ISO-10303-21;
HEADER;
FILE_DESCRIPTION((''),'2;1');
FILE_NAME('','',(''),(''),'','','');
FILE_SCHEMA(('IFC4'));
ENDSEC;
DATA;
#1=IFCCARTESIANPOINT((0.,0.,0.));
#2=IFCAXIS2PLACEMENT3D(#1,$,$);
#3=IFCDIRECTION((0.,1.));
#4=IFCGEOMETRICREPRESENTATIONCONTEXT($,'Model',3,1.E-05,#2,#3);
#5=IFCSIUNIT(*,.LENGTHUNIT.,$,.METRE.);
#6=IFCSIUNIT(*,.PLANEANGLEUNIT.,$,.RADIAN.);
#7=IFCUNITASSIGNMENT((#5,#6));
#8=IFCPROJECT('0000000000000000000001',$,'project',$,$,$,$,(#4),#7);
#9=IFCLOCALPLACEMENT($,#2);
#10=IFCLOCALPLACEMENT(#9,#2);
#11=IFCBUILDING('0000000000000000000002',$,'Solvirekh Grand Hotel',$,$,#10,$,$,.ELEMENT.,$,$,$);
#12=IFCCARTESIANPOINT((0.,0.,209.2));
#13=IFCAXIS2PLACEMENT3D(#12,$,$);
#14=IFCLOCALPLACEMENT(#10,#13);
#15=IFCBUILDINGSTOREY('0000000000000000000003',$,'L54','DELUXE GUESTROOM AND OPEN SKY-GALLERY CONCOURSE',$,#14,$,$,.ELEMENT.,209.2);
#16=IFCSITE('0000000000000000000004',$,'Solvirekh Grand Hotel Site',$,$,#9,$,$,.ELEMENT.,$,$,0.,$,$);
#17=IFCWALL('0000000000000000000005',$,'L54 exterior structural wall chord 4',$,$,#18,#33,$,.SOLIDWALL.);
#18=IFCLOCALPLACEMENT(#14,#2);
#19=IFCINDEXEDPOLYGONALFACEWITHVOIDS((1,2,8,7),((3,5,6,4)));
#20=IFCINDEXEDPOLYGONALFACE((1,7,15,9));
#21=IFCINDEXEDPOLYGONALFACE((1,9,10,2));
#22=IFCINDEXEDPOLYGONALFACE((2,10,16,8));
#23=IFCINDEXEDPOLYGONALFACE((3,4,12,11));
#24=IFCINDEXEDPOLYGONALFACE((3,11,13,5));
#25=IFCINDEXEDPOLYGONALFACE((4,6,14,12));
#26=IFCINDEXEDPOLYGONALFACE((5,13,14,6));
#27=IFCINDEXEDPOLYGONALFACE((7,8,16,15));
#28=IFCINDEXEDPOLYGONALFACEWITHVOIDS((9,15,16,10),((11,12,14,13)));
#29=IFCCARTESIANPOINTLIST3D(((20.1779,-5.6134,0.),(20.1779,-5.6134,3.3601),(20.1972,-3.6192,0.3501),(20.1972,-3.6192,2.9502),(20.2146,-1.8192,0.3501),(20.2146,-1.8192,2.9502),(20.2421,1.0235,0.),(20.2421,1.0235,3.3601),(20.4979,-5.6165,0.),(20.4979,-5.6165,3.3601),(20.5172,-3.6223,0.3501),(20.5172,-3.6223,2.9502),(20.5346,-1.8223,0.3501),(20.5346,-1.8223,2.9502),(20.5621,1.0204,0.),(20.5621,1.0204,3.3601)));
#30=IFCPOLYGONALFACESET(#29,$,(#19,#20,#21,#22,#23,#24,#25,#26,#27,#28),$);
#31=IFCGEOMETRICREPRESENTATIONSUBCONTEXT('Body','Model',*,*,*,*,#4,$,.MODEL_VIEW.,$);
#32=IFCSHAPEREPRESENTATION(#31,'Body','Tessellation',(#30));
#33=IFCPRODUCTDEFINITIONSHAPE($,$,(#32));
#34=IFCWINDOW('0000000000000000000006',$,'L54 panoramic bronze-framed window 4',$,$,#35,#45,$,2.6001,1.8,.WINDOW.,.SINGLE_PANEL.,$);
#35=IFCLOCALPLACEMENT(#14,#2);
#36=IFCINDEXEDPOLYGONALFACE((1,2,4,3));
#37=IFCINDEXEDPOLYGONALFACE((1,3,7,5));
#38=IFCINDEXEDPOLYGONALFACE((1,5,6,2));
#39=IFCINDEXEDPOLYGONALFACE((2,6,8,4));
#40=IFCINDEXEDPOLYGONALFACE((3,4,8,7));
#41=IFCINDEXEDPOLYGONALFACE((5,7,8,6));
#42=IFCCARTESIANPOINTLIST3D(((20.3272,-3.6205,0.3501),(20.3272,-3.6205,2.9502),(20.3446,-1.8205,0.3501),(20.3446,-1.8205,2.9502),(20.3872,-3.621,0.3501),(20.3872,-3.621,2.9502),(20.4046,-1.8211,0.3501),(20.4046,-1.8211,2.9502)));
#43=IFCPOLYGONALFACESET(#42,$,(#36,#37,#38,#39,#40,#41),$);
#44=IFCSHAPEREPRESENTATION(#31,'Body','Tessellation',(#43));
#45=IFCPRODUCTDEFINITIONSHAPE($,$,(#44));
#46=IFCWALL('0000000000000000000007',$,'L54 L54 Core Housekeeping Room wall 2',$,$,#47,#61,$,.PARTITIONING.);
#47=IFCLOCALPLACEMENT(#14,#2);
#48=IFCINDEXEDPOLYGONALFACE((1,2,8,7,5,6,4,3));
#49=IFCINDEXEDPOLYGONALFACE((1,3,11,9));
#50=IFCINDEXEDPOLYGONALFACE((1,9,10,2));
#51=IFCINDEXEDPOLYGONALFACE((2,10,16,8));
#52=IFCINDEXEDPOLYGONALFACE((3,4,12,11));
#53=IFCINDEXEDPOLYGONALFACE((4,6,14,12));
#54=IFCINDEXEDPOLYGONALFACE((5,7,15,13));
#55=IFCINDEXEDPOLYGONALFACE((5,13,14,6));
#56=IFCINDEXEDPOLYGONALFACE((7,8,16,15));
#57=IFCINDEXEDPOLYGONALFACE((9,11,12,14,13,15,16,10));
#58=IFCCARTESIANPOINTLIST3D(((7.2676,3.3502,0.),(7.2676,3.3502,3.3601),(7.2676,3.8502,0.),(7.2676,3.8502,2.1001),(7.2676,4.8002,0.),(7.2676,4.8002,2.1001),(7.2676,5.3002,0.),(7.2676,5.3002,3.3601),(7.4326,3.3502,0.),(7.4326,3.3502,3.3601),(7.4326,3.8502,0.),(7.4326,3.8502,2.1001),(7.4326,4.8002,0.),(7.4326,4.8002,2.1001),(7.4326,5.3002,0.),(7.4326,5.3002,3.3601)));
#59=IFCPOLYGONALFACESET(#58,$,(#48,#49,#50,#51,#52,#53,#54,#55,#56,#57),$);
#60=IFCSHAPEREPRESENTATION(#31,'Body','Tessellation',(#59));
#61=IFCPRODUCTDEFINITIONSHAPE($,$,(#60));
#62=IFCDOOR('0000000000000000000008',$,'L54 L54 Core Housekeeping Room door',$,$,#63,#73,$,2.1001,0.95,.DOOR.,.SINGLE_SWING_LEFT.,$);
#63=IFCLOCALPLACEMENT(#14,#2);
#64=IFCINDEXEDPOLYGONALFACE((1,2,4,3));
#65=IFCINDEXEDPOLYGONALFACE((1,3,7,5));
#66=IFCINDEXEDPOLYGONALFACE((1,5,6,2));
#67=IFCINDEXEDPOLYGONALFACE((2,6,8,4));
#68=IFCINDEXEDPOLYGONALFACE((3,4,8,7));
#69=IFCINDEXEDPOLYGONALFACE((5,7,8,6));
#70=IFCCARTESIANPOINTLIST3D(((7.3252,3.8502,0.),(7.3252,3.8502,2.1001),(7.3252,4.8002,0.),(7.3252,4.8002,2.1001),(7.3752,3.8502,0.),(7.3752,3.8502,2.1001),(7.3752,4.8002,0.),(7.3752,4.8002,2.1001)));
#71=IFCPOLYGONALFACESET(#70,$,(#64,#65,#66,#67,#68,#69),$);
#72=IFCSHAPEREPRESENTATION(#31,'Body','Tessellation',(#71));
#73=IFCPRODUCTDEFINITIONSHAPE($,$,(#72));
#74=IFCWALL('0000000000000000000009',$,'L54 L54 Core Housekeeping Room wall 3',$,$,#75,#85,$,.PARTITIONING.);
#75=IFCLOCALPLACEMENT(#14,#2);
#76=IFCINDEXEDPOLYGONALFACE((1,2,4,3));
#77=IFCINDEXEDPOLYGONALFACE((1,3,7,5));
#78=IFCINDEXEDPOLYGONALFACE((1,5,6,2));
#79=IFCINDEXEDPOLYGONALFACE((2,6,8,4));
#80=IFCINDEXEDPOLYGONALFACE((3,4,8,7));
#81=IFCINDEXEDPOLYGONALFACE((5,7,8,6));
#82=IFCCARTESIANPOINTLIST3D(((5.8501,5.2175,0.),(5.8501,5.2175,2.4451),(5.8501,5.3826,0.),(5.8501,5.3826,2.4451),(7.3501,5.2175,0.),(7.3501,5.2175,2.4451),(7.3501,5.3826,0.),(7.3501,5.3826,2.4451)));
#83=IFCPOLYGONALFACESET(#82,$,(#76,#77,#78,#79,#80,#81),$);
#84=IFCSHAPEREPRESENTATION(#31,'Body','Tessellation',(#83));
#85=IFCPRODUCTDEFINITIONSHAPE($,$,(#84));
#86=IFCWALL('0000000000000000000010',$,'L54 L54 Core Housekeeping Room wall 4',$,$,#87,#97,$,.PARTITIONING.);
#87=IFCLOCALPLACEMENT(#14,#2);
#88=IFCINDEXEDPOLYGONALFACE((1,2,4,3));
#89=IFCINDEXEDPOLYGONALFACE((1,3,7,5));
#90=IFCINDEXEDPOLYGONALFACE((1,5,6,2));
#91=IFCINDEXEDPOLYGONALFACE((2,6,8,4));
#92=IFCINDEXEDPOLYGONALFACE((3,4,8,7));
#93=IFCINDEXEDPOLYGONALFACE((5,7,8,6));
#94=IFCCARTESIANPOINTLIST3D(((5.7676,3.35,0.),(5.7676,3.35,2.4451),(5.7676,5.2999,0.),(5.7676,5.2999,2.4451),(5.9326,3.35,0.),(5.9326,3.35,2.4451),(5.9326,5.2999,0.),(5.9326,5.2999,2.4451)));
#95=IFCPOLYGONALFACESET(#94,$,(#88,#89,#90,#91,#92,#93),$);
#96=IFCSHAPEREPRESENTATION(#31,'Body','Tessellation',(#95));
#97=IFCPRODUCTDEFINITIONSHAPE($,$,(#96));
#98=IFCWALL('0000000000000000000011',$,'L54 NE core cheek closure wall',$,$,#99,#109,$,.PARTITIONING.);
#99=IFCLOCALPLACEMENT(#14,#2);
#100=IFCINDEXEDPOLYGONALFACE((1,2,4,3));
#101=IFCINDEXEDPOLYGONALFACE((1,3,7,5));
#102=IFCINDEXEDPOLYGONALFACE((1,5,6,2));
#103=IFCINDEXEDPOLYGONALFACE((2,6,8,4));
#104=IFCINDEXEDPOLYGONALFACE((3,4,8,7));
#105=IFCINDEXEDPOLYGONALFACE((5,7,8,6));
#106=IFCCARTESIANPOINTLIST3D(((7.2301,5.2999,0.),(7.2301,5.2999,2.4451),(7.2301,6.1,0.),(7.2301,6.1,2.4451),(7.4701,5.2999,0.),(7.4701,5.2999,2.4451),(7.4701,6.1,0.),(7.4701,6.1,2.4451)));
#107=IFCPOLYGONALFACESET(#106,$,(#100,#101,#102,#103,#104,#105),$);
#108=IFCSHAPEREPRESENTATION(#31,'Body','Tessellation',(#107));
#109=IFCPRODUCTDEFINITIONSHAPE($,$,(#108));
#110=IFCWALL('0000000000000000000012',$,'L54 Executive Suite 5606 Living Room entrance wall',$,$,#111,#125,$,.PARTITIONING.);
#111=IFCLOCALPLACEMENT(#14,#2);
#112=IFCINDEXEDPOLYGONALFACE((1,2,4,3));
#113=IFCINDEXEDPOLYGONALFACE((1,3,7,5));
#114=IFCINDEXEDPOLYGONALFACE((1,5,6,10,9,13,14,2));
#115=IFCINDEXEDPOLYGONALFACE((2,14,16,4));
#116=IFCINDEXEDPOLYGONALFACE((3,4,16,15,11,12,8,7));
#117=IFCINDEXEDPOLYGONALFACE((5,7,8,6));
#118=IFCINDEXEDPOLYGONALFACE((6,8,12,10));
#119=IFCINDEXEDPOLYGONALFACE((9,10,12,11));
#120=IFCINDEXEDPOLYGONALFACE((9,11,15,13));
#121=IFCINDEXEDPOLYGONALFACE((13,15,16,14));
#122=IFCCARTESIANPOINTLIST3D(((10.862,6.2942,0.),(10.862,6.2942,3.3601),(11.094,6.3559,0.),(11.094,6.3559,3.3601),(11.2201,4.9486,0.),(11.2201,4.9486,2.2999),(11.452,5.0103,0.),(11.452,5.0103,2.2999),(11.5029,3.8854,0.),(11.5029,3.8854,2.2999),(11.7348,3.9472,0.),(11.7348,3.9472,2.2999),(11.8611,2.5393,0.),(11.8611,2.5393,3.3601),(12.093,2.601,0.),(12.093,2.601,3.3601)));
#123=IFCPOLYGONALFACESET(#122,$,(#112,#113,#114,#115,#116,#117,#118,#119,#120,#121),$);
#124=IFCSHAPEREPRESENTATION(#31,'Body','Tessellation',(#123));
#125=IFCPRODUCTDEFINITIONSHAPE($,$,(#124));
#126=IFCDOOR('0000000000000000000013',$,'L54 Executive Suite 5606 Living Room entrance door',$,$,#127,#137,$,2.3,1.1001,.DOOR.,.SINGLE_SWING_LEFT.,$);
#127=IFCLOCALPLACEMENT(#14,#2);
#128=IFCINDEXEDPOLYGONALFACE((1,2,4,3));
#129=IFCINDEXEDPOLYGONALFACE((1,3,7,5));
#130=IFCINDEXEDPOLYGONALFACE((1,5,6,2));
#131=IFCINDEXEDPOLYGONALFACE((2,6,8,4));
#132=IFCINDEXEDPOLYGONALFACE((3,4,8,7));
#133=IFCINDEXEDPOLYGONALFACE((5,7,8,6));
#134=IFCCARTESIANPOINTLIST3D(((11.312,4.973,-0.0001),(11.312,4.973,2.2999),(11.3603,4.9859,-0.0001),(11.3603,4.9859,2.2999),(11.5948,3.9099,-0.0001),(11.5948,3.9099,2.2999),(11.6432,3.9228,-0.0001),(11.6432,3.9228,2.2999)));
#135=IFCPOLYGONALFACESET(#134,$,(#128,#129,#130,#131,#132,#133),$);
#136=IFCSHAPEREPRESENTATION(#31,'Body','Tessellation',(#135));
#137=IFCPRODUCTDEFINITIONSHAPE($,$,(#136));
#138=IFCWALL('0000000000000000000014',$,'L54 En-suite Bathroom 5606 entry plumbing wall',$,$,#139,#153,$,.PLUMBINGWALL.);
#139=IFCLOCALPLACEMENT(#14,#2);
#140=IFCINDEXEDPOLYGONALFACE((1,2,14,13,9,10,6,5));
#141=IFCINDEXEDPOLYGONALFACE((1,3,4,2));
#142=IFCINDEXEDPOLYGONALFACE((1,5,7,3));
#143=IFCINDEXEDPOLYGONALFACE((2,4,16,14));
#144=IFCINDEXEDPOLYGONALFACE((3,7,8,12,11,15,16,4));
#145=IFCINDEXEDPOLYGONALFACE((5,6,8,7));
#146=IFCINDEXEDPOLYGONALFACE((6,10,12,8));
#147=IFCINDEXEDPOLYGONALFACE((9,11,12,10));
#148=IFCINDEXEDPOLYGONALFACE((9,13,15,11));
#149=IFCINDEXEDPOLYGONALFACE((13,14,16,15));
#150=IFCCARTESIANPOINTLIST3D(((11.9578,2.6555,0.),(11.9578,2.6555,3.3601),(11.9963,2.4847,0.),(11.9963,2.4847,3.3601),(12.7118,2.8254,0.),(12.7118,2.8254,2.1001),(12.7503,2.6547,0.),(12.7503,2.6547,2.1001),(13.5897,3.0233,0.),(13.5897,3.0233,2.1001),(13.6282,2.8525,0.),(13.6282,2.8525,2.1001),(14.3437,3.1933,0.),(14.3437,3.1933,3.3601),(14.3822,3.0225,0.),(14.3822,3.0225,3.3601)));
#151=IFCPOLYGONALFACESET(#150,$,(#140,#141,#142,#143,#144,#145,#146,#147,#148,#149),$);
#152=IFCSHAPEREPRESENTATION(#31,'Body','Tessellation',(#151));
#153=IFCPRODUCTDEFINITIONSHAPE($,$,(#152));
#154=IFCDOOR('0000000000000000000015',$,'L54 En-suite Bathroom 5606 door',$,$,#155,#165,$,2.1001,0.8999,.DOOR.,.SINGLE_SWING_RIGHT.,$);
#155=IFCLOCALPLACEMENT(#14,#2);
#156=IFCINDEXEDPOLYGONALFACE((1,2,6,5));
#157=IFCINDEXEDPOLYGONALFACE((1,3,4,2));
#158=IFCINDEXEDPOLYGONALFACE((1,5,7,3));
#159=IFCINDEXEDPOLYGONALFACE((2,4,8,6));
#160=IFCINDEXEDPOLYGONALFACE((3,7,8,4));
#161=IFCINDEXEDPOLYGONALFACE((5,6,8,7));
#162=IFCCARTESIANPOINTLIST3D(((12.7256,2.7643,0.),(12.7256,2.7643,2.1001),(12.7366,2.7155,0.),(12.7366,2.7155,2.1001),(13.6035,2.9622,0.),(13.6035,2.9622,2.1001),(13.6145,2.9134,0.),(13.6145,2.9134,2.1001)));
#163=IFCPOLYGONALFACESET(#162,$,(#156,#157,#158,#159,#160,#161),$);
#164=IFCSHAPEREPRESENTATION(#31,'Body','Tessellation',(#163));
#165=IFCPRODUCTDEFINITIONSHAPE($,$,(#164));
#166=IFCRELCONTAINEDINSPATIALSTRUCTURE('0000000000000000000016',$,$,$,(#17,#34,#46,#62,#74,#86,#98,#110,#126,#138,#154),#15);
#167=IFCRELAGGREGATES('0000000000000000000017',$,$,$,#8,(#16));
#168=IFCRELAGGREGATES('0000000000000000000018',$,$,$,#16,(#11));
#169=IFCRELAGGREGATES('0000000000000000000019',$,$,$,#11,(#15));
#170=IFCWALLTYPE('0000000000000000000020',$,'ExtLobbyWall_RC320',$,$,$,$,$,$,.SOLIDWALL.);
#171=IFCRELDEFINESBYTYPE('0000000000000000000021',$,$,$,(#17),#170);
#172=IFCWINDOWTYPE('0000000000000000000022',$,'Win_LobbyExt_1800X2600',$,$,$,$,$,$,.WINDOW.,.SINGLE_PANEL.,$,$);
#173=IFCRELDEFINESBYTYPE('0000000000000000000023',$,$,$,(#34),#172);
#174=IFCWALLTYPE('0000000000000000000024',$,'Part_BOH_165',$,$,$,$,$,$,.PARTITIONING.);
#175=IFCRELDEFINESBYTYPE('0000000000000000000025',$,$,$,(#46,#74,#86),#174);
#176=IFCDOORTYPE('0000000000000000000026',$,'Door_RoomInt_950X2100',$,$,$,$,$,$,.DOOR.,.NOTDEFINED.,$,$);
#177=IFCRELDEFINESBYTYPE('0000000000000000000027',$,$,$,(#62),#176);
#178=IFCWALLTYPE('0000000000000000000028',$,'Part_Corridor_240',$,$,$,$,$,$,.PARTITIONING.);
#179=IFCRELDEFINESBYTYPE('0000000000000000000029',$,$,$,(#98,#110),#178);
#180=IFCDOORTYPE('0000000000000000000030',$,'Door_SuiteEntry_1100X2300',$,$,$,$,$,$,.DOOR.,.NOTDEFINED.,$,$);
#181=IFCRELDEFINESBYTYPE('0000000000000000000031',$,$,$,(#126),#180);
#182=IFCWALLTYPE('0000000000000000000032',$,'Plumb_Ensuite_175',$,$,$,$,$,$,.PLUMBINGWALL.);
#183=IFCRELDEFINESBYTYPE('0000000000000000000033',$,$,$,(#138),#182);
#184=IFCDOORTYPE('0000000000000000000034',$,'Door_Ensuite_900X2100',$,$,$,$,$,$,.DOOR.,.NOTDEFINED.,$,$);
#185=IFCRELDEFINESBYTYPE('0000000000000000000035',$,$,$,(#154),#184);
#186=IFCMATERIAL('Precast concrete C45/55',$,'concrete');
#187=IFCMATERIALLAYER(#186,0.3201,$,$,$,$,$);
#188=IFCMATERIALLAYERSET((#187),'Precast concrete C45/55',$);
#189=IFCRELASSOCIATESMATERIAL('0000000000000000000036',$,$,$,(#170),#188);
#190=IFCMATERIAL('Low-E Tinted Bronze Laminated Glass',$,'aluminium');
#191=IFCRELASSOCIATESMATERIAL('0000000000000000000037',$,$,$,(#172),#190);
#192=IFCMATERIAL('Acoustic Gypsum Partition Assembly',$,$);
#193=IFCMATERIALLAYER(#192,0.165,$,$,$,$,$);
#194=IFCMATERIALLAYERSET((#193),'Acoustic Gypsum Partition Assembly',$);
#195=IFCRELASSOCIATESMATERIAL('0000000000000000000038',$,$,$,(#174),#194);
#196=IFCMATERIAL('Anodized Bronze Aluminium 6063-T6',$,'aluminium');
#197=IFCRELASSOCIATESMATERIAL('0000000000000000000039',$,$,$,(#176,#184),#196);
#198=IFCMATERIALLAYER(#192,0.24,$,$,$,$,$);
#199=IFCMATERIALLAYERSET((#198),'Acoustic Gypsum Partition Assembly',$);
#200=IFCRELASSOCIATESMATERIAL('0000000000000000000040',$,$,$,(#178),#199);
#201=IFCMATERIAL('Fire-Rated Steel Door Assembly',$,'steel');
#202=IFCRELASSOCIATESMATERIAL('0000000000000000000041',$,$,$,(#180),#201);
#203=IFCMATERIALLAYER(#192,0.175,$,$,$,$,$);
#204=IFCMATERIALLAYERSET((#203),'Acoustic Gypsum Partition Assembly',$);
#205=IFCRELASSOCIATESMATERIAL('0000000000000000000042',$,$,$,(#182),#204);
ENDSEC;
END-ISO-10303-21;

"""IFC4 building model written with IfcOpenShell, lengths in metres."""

from ifc_helpers import new_model, si_unit, direction, frame, frame_2d, origin, place, context, subcontext, project, spatial, rectangle, extrude, material, layer, layer_set, type_object, element, fill, save


model = new_model("IFC4")

# Units and contexts
model_context = context("Model", 3, precision=1e-05, world=origin(), true_north=direction((0.0, 1.0)))
body_context = subcontext(model_context, "Body", "Model", "MODEL_VIEW")
ifc_project = project(units=[si_unit("LENGTHUNIT", "METRE"), si_unit("PLANEANGLEUNIT", "RADIAN")], contexts=[model_context])

# Site, building, storey
site_placement = place(None, origin())
site = spatial("IfcSite", under=ifc_project, at=site_placement, Name="Solvirekh Grand Hotel Site", CompositionType="ELEMENT", RefElevation=0.0)
building_placement = place(site_placement, origin())
building = spatial("IfcBuilding", under=site, at=building_placement, Name="Solvirekh Grand Hotel", CompositionType="ELEMENT")
storey_placement = place(building_placement, frame((0.0, 0.0, 209.2)))
storey = spatial("IfcBuildingStorey", under=building, at=storey_placement, Name="L54", Description="DELUXE GUESTROOM AND OPEN SKY-GALLERY CONCOURSE", CompositionType="ELEMENT", Elevation=209.2)

# Shared definitions
ifc_material_1 = material(Name="Anodized Bronze Aluminium 6063-T6", Category="aluminium")
ifc_material_2 = material(Name="Low-E Tinted Bronze Laminated Glass", Category="aluminium")

# Wall, opening, window
ifc_material_3 = material(Name="Precast concrete C45/55", Category="concrete")
ifc_layer_1 = layer(ifc_material_3, 0.3201)
ifc_layer_set_1 = layer_set([ifc_layer_1], Name="Precast concrete C45/55")
wall_type_1 = type_object("IfcWallType", Name="ExtLobbyWall_RC320", PredefinedType="SOLIDWALL", material=ifc_layer_set_1)
wall_1_placement = place(storey_placement, frame((20.4021, 1.022, 0.0), z_axis=(0.0, 0.0, 1.0), x_axis=(-0.009674, -0.999953, 0.0)))
wall_1 = element("IfcWall", 1, at=wall_1_placement, inside=storey, type_object=wall_type_1, Name="L54 exterior structural wall chord 4", PredefinedType="SOLIDWALL", context=body_context, shape_type="SweptSolid", body=[
    extrude(rectangle(XDim=6.6372, YDim=0.3201, at=frame_2d((3.3186, 0.0))), origin(), (0.0, 0.0, 1.0), 3.3601),
])
opening_1_placement = place(wall_1_placement, frame((2.843, 0.0, 0.3501)))
opening_1 = element("IfcOpeningElement", 2, at=opening_1_placement, cuts=wall_1, PredefinedType="OPENING", context=body_context, shape_type="SweptSolid", body=[
    extrude(rectangle(XDim=1.8, YDim=2.6001, at=frame_2d((0.8999, 1.3))), frame((0.0, 0.1699, 0.0), z_axis=(0.0, -1.0, 0.0), x_axis=(1.0, 0.0, 0.0)), (0.0, 0.0, 1.0), 0.3401),
])
window_type = type_object("IfcWindowType", Name="Win_LobbyExt_1800X2600", PartitioningType="SINGLE_PANEL", PredefinedType="WINDOW", material=ifc_material_2)
window_placement = place(opening_1_placement, origin())
window = element("IfcWindow", 3, at=window_placement, inside=storey, type_object=window_type, Name="L54 panoramic bronze-framed window 4", OverallHeight=2.6001, OverallWidth=1.8, PartitioningType="SINGLE_PANEL", PredefinedType="WINDOW", context=body_context, shape_type="SweptSolid", body=[
    extrude(rectangle(XDim=1.8, YDim=2.6001, at=frame_2d((0.8999, 1.3))), frame((0.0, 0.03, 0.0), z_axis=(0.0, -1.0, 0.0), x_axis=(1.0, 0.0, 0.0)), (0.0, 0.0, 1.0), 0.0601),
])
fill(opening_1, window)

# Wall, opening, door
ifc_material_4 = material(Name="Acoustic Gypsum Partition Assembly")
ifc_layer_2 = layer(ifc_material_4, 0.165)
ifc_layer_set_2 = layer_set([ifc_layer_2], Name="Acoustic Gypsum Partition Assembly")
wall_type_2 = type_object("IfcWallType", Name="Part_BOH_165", PredefinedType="PARTITIONING", material=ifc_layer_set_2)
wall_2_placement = place(storey_placement, frame((7.3501, 3.3501, 0.0), z_axis=(0.0, 0.0, 1.0), x_axis=(0.0, 1.0, 0.0)))
wall_2 = element("IfcWall", 4, at=wall_2_placement, inside=storey, type_object=wall_type_2, Name="L54 L54 Core Housekeeping Room wall 2", PredefinedType="PARTITIONING", context=body_context, shape_type="SweptSolid", body=[
    extrude(rectangle(XDim=1.95, YDim=0.165, at=frame_2d((0.9751, 0.0))), origin(), (0.0, 0.0, 1.0), 3.3601),
])
opening_2_placement = place(wall_2_placement, frame((0.5, 0.0, 0.0)))
opening_2 = element("IfcOpeningElement", 5, at=opening_2_placement, cuts=wall_2, PredefinedType="OPENING", context=body_context, shape_type="SweptSolid", body=[
    extrude(rectangle(XDim=0.95, YDim=2.1001, at=frame_2d((0.4751, 1.05))), frame((0.0, 0.0925, 0.0), z_axis=(0.0, -1.0, 0.0), x_axis=(1.0, 0.0, 0.0)), (0.0, 0.0, 1.0), 0.1851),
])
door_type_1 = type_object("IfcDoorType", Name="Door_RoomInt_950X2100", OperationType="NOTDEFINED", PredefinedType="DOOR", material=ifc_material_1)
door_1_placement = place(opening_2_placement, origin())
door_1 = element("IfcDoor", 6, at=door_1_placement, inside=storey, type_object=door_type_1, Name="L54 L54 Core Housekeeping Room door", OperationType="SINGLE_SWING_LEFT", OverallHeight=2.1001, OverallWidth=0.95, PredefinedType="DOOR", context=body_context, shape_type="SweptSolid", body=[
    extrude(rectangle(XDim=0.95, YDim=2.1001, at=frame_2d((0.4751, 1.05))), frame((0.0, 0.0249, 0.0), z_axis=(0.0, -1.0, 0.0), x_axis=(1.0, 0.0, 0.0)), (0.0, 0.0, 1.0), 0.05),
])
fill(opening_2, door_1)

# Walls
wall_3_placement = place(storey_placement, frame((7.3501, 5.3, 0.0), z_axis=(0.0, 0.0, 1.0), x_axis=(-1.0, 0.0, 0.0)))
element("IfcWall", 7, at=wall_3_placement, inside=storey, type_object=wall_type_2, Name="L54 L54 Core Housekeeping Room wall 3", PredefinedType="PARTITIONING", context=body_context, shape_type="SweptSolid", body=[
    extrude(rectangle(XDim=1.5, YDim=0.165, at=frame_2d((0.75, 0.0))), origin(), (0.0, 0.0, 1.0), 2.4451),
])
wall_4_placement = place(storey_placement, frame((5.8501, 5.3, 0.0), z_axis=(0.0, 0.0, 1.0), x_axis=(0.0, -1.0, 0.0)))
element("IfcWall", 8, at=wall_4_placement, inside=storey, type_object=wall_type_2, Name="L54 L54 Core Housekeeping Room wall 4", PredefinedType="PARTITIONING", context=body_context, shape_type="SweptSolid", body=[
    extrude(rectangle(XDim=1.95, YDim=0.165, at=frame_2d((0.9751, 0.0))), origin(), (0.0, 0.0, 1.0), 2.4451),
])
ifc_layer_3 = layer(ifc_material_4, 0.24)
ifc_layer_set_3 = layer_set([ifc_layer_3], Name="Acoustic Gypsum Partition Assembly")
wall_type_3 = type_object("IfcWallType", Name="Part_Corridor_240", PredefinedType="PARTITIONING", material=ifc_layer_set_3)
wall_5_placement = place(storey_placement, frame((7.3501, 5.3, 0.0), z_axis=(0.0, 0.0, 1.0), x_axis=(0.0, 1.0, 0.0)))
element("IfcWall", 9, at=wall_5_placement, inside=storey, type_object=wall_type_3, Name="L54 NE core cheek closure wall", PredefinedType="PARTITIONING", context=body_context, shape_type="SweptSolid", body=[
    extrude(rectangle(XDim=0.8, YDim=0.24, at=frame_2d((0.3999, 0.0))), origin(), (0.0, 0.0, 1.0), 2.4451),
])

# Walls, openings, doors
wall_6_placement = place(storey_placement, frame((11.9771, 2.5701, 0.0), z_axis=(0.0, 0.0, 1.0), x_axis=(-0.257115, 0.966381, 0.0)))
wall_6 = element("IfcWall", 10, at=wall_6_placement, inside=storey, type_object=wall_type_3, Name="L54 Executive Suite 5606 Living Room entrance wall", PredefinedType="PARTITIONING", context=body_context, shape_type="SweptSolid", body=[
    extrude(rectangle(XDim=3.8855, YDim=0.24, at=frame_2d((1.9429, 0.0))), origin(), (0.0, 0.0, 1.0), 3.3601),
])
opening_3_placement = place(wall_6_placement, frame((1.3931, 0.0, 0.0)))
opening_3 = element("IfcOpeningElement", 11, at=opening_3_placement, cuts=wall_6, PredefinedType="OPENING", context=body_context, shape_type="SweptSolid", body=[
    extrude(rectangle(XDim=1.1001, YDim=2.3, at=frame_2d((0.55, 1.1499))), frame((0.0, 0.1299, 0.0), z_axis=(0.0, -1.0, 0.0), x_axis=(1.0, 0.0, 0.0)), (0.0, 0.0, 1.0), 0.26),
])
ifc_material_5 = material(Name="Fire-Rated Steel Door Assembly", Category="steel")
door_type_2 = type_object("IfcDoorType", Name="Door_SuiteEntry_1100X2300", OperationType="NOTDEFINED", PredefinedType="DOOR", material=ifc_material_5)
door_2_placement = place(opening_3_placement, origin())
door_2 = element("IfcDoor", 12, at=door_2_placement, inside=storey, type_object=door_type_2, Name="L54 Executive Suite 5606 Living Room entrance door", OperationType="SINGLE_SWING_LEFT", OverallHeight=2.3, OverallWidth=1.1001, PredefinedType="DOOR", context=body_context, shape_type="SweptSolid", body=[
    extrude(rectangle(XDim=1.1001, YDim=2.3, at=frame_2d((0.55, 1.1499))), frame((0.0, 0.0249, 0.0), z_axis=(0.0, -1.0, 0.0), x_axis=(1.0, 0.0, 0.0)), (0.0, 0.0, 1.0), 0.05),
])
fill(opening_3, door_2)
ifc_layer_4 = layer(ifc_material_4, 0.175)
ifc_layer_set_4 = layer_set([ifc_layer_4], Name="Acoustic Gypsum Partition Assembly")
wall_type_4 = type_object("IfcWallType", Name="Plumb_Ensuite_175", PredefinedType="PLUMBINGWALL", material=ifc_layer_set_4)
wall_7_placement = place(storey_placement, frame((11.9771, 2.5701, 0.0), z_axis=(0.0, 0.0, 1.0), x_axis=(0.975523, 0.219899, 0.0)))
wall_7 = element("IfcWall", 13, at=wall_7_placement, inside=storey, type_object=wall_type_4, Name="L54 En-suite Bathroom 5606 entry plumbing wall", PredefinedType="PLUMBINGWALL", context=body_context, shape_type="SweptSolid", body=[
    extrude(rectangle(XDim=2.4458, YDim=0.175, at=frame_2d((1.2229, 0.0))), origin(), (0.0, 0.0, 1.0), 3.3601),
])
opening_4_placement = place(wall_7_placement, frame((0.7729, 0.0, 0.0)))
opening_4 = element("IfcOpeningElement", 14, at=opening_4_placement, cuts=wall_7, PredefinedType="OPENING", context=body_context, shape_type="SweptSolid", body=[
    extrude(rectangle(XDim=0.8999, YDim=2.1001, at=frame_2d((0.45, 1.05))), frame((0.0, 0.0977, 0.0), z_axis=(0.0, -1.0, 0.0), x_axis=(1.0, 0.0, 0.0)), (0.0, 0.0, 1.0), 0.1951),
])
door_type_3 = type_object("IfcDoorType", Name="Door_Ensuite_900X2100", OperationType="NOTDEFINED", PredefinedType="DOOR", material=ifc_material_1)
door_3_placement = place(opening_4_placement, origin())
door_3 = element("IfcDoor", 15, at=door_3_placement, inside=storey, type_object=door_type_3, Name="L54 En-suite Bathroom 5606 door", OperationType="SINGLE_SWING_RIGHT", OverallHeight=2.1001, OverallWidth=0.8999, PredefinedType="DOOR", context=body_context, shape_type="SweptSolid", body=[
    extrude(rectangle(XDim=0.8999, YDim=2.1001, at=frame_2d((0.45, 1.05))), frame((0.0, 0.0249, 0.0), z_axis=(0.0, -1.0, 0.0), x_axis=(1.0, 0.0, 0.0)), (0.0, 0.0, 1.0), 0.05),
])
fill(opening_4, door_3)

save(model, "model.ifc")
